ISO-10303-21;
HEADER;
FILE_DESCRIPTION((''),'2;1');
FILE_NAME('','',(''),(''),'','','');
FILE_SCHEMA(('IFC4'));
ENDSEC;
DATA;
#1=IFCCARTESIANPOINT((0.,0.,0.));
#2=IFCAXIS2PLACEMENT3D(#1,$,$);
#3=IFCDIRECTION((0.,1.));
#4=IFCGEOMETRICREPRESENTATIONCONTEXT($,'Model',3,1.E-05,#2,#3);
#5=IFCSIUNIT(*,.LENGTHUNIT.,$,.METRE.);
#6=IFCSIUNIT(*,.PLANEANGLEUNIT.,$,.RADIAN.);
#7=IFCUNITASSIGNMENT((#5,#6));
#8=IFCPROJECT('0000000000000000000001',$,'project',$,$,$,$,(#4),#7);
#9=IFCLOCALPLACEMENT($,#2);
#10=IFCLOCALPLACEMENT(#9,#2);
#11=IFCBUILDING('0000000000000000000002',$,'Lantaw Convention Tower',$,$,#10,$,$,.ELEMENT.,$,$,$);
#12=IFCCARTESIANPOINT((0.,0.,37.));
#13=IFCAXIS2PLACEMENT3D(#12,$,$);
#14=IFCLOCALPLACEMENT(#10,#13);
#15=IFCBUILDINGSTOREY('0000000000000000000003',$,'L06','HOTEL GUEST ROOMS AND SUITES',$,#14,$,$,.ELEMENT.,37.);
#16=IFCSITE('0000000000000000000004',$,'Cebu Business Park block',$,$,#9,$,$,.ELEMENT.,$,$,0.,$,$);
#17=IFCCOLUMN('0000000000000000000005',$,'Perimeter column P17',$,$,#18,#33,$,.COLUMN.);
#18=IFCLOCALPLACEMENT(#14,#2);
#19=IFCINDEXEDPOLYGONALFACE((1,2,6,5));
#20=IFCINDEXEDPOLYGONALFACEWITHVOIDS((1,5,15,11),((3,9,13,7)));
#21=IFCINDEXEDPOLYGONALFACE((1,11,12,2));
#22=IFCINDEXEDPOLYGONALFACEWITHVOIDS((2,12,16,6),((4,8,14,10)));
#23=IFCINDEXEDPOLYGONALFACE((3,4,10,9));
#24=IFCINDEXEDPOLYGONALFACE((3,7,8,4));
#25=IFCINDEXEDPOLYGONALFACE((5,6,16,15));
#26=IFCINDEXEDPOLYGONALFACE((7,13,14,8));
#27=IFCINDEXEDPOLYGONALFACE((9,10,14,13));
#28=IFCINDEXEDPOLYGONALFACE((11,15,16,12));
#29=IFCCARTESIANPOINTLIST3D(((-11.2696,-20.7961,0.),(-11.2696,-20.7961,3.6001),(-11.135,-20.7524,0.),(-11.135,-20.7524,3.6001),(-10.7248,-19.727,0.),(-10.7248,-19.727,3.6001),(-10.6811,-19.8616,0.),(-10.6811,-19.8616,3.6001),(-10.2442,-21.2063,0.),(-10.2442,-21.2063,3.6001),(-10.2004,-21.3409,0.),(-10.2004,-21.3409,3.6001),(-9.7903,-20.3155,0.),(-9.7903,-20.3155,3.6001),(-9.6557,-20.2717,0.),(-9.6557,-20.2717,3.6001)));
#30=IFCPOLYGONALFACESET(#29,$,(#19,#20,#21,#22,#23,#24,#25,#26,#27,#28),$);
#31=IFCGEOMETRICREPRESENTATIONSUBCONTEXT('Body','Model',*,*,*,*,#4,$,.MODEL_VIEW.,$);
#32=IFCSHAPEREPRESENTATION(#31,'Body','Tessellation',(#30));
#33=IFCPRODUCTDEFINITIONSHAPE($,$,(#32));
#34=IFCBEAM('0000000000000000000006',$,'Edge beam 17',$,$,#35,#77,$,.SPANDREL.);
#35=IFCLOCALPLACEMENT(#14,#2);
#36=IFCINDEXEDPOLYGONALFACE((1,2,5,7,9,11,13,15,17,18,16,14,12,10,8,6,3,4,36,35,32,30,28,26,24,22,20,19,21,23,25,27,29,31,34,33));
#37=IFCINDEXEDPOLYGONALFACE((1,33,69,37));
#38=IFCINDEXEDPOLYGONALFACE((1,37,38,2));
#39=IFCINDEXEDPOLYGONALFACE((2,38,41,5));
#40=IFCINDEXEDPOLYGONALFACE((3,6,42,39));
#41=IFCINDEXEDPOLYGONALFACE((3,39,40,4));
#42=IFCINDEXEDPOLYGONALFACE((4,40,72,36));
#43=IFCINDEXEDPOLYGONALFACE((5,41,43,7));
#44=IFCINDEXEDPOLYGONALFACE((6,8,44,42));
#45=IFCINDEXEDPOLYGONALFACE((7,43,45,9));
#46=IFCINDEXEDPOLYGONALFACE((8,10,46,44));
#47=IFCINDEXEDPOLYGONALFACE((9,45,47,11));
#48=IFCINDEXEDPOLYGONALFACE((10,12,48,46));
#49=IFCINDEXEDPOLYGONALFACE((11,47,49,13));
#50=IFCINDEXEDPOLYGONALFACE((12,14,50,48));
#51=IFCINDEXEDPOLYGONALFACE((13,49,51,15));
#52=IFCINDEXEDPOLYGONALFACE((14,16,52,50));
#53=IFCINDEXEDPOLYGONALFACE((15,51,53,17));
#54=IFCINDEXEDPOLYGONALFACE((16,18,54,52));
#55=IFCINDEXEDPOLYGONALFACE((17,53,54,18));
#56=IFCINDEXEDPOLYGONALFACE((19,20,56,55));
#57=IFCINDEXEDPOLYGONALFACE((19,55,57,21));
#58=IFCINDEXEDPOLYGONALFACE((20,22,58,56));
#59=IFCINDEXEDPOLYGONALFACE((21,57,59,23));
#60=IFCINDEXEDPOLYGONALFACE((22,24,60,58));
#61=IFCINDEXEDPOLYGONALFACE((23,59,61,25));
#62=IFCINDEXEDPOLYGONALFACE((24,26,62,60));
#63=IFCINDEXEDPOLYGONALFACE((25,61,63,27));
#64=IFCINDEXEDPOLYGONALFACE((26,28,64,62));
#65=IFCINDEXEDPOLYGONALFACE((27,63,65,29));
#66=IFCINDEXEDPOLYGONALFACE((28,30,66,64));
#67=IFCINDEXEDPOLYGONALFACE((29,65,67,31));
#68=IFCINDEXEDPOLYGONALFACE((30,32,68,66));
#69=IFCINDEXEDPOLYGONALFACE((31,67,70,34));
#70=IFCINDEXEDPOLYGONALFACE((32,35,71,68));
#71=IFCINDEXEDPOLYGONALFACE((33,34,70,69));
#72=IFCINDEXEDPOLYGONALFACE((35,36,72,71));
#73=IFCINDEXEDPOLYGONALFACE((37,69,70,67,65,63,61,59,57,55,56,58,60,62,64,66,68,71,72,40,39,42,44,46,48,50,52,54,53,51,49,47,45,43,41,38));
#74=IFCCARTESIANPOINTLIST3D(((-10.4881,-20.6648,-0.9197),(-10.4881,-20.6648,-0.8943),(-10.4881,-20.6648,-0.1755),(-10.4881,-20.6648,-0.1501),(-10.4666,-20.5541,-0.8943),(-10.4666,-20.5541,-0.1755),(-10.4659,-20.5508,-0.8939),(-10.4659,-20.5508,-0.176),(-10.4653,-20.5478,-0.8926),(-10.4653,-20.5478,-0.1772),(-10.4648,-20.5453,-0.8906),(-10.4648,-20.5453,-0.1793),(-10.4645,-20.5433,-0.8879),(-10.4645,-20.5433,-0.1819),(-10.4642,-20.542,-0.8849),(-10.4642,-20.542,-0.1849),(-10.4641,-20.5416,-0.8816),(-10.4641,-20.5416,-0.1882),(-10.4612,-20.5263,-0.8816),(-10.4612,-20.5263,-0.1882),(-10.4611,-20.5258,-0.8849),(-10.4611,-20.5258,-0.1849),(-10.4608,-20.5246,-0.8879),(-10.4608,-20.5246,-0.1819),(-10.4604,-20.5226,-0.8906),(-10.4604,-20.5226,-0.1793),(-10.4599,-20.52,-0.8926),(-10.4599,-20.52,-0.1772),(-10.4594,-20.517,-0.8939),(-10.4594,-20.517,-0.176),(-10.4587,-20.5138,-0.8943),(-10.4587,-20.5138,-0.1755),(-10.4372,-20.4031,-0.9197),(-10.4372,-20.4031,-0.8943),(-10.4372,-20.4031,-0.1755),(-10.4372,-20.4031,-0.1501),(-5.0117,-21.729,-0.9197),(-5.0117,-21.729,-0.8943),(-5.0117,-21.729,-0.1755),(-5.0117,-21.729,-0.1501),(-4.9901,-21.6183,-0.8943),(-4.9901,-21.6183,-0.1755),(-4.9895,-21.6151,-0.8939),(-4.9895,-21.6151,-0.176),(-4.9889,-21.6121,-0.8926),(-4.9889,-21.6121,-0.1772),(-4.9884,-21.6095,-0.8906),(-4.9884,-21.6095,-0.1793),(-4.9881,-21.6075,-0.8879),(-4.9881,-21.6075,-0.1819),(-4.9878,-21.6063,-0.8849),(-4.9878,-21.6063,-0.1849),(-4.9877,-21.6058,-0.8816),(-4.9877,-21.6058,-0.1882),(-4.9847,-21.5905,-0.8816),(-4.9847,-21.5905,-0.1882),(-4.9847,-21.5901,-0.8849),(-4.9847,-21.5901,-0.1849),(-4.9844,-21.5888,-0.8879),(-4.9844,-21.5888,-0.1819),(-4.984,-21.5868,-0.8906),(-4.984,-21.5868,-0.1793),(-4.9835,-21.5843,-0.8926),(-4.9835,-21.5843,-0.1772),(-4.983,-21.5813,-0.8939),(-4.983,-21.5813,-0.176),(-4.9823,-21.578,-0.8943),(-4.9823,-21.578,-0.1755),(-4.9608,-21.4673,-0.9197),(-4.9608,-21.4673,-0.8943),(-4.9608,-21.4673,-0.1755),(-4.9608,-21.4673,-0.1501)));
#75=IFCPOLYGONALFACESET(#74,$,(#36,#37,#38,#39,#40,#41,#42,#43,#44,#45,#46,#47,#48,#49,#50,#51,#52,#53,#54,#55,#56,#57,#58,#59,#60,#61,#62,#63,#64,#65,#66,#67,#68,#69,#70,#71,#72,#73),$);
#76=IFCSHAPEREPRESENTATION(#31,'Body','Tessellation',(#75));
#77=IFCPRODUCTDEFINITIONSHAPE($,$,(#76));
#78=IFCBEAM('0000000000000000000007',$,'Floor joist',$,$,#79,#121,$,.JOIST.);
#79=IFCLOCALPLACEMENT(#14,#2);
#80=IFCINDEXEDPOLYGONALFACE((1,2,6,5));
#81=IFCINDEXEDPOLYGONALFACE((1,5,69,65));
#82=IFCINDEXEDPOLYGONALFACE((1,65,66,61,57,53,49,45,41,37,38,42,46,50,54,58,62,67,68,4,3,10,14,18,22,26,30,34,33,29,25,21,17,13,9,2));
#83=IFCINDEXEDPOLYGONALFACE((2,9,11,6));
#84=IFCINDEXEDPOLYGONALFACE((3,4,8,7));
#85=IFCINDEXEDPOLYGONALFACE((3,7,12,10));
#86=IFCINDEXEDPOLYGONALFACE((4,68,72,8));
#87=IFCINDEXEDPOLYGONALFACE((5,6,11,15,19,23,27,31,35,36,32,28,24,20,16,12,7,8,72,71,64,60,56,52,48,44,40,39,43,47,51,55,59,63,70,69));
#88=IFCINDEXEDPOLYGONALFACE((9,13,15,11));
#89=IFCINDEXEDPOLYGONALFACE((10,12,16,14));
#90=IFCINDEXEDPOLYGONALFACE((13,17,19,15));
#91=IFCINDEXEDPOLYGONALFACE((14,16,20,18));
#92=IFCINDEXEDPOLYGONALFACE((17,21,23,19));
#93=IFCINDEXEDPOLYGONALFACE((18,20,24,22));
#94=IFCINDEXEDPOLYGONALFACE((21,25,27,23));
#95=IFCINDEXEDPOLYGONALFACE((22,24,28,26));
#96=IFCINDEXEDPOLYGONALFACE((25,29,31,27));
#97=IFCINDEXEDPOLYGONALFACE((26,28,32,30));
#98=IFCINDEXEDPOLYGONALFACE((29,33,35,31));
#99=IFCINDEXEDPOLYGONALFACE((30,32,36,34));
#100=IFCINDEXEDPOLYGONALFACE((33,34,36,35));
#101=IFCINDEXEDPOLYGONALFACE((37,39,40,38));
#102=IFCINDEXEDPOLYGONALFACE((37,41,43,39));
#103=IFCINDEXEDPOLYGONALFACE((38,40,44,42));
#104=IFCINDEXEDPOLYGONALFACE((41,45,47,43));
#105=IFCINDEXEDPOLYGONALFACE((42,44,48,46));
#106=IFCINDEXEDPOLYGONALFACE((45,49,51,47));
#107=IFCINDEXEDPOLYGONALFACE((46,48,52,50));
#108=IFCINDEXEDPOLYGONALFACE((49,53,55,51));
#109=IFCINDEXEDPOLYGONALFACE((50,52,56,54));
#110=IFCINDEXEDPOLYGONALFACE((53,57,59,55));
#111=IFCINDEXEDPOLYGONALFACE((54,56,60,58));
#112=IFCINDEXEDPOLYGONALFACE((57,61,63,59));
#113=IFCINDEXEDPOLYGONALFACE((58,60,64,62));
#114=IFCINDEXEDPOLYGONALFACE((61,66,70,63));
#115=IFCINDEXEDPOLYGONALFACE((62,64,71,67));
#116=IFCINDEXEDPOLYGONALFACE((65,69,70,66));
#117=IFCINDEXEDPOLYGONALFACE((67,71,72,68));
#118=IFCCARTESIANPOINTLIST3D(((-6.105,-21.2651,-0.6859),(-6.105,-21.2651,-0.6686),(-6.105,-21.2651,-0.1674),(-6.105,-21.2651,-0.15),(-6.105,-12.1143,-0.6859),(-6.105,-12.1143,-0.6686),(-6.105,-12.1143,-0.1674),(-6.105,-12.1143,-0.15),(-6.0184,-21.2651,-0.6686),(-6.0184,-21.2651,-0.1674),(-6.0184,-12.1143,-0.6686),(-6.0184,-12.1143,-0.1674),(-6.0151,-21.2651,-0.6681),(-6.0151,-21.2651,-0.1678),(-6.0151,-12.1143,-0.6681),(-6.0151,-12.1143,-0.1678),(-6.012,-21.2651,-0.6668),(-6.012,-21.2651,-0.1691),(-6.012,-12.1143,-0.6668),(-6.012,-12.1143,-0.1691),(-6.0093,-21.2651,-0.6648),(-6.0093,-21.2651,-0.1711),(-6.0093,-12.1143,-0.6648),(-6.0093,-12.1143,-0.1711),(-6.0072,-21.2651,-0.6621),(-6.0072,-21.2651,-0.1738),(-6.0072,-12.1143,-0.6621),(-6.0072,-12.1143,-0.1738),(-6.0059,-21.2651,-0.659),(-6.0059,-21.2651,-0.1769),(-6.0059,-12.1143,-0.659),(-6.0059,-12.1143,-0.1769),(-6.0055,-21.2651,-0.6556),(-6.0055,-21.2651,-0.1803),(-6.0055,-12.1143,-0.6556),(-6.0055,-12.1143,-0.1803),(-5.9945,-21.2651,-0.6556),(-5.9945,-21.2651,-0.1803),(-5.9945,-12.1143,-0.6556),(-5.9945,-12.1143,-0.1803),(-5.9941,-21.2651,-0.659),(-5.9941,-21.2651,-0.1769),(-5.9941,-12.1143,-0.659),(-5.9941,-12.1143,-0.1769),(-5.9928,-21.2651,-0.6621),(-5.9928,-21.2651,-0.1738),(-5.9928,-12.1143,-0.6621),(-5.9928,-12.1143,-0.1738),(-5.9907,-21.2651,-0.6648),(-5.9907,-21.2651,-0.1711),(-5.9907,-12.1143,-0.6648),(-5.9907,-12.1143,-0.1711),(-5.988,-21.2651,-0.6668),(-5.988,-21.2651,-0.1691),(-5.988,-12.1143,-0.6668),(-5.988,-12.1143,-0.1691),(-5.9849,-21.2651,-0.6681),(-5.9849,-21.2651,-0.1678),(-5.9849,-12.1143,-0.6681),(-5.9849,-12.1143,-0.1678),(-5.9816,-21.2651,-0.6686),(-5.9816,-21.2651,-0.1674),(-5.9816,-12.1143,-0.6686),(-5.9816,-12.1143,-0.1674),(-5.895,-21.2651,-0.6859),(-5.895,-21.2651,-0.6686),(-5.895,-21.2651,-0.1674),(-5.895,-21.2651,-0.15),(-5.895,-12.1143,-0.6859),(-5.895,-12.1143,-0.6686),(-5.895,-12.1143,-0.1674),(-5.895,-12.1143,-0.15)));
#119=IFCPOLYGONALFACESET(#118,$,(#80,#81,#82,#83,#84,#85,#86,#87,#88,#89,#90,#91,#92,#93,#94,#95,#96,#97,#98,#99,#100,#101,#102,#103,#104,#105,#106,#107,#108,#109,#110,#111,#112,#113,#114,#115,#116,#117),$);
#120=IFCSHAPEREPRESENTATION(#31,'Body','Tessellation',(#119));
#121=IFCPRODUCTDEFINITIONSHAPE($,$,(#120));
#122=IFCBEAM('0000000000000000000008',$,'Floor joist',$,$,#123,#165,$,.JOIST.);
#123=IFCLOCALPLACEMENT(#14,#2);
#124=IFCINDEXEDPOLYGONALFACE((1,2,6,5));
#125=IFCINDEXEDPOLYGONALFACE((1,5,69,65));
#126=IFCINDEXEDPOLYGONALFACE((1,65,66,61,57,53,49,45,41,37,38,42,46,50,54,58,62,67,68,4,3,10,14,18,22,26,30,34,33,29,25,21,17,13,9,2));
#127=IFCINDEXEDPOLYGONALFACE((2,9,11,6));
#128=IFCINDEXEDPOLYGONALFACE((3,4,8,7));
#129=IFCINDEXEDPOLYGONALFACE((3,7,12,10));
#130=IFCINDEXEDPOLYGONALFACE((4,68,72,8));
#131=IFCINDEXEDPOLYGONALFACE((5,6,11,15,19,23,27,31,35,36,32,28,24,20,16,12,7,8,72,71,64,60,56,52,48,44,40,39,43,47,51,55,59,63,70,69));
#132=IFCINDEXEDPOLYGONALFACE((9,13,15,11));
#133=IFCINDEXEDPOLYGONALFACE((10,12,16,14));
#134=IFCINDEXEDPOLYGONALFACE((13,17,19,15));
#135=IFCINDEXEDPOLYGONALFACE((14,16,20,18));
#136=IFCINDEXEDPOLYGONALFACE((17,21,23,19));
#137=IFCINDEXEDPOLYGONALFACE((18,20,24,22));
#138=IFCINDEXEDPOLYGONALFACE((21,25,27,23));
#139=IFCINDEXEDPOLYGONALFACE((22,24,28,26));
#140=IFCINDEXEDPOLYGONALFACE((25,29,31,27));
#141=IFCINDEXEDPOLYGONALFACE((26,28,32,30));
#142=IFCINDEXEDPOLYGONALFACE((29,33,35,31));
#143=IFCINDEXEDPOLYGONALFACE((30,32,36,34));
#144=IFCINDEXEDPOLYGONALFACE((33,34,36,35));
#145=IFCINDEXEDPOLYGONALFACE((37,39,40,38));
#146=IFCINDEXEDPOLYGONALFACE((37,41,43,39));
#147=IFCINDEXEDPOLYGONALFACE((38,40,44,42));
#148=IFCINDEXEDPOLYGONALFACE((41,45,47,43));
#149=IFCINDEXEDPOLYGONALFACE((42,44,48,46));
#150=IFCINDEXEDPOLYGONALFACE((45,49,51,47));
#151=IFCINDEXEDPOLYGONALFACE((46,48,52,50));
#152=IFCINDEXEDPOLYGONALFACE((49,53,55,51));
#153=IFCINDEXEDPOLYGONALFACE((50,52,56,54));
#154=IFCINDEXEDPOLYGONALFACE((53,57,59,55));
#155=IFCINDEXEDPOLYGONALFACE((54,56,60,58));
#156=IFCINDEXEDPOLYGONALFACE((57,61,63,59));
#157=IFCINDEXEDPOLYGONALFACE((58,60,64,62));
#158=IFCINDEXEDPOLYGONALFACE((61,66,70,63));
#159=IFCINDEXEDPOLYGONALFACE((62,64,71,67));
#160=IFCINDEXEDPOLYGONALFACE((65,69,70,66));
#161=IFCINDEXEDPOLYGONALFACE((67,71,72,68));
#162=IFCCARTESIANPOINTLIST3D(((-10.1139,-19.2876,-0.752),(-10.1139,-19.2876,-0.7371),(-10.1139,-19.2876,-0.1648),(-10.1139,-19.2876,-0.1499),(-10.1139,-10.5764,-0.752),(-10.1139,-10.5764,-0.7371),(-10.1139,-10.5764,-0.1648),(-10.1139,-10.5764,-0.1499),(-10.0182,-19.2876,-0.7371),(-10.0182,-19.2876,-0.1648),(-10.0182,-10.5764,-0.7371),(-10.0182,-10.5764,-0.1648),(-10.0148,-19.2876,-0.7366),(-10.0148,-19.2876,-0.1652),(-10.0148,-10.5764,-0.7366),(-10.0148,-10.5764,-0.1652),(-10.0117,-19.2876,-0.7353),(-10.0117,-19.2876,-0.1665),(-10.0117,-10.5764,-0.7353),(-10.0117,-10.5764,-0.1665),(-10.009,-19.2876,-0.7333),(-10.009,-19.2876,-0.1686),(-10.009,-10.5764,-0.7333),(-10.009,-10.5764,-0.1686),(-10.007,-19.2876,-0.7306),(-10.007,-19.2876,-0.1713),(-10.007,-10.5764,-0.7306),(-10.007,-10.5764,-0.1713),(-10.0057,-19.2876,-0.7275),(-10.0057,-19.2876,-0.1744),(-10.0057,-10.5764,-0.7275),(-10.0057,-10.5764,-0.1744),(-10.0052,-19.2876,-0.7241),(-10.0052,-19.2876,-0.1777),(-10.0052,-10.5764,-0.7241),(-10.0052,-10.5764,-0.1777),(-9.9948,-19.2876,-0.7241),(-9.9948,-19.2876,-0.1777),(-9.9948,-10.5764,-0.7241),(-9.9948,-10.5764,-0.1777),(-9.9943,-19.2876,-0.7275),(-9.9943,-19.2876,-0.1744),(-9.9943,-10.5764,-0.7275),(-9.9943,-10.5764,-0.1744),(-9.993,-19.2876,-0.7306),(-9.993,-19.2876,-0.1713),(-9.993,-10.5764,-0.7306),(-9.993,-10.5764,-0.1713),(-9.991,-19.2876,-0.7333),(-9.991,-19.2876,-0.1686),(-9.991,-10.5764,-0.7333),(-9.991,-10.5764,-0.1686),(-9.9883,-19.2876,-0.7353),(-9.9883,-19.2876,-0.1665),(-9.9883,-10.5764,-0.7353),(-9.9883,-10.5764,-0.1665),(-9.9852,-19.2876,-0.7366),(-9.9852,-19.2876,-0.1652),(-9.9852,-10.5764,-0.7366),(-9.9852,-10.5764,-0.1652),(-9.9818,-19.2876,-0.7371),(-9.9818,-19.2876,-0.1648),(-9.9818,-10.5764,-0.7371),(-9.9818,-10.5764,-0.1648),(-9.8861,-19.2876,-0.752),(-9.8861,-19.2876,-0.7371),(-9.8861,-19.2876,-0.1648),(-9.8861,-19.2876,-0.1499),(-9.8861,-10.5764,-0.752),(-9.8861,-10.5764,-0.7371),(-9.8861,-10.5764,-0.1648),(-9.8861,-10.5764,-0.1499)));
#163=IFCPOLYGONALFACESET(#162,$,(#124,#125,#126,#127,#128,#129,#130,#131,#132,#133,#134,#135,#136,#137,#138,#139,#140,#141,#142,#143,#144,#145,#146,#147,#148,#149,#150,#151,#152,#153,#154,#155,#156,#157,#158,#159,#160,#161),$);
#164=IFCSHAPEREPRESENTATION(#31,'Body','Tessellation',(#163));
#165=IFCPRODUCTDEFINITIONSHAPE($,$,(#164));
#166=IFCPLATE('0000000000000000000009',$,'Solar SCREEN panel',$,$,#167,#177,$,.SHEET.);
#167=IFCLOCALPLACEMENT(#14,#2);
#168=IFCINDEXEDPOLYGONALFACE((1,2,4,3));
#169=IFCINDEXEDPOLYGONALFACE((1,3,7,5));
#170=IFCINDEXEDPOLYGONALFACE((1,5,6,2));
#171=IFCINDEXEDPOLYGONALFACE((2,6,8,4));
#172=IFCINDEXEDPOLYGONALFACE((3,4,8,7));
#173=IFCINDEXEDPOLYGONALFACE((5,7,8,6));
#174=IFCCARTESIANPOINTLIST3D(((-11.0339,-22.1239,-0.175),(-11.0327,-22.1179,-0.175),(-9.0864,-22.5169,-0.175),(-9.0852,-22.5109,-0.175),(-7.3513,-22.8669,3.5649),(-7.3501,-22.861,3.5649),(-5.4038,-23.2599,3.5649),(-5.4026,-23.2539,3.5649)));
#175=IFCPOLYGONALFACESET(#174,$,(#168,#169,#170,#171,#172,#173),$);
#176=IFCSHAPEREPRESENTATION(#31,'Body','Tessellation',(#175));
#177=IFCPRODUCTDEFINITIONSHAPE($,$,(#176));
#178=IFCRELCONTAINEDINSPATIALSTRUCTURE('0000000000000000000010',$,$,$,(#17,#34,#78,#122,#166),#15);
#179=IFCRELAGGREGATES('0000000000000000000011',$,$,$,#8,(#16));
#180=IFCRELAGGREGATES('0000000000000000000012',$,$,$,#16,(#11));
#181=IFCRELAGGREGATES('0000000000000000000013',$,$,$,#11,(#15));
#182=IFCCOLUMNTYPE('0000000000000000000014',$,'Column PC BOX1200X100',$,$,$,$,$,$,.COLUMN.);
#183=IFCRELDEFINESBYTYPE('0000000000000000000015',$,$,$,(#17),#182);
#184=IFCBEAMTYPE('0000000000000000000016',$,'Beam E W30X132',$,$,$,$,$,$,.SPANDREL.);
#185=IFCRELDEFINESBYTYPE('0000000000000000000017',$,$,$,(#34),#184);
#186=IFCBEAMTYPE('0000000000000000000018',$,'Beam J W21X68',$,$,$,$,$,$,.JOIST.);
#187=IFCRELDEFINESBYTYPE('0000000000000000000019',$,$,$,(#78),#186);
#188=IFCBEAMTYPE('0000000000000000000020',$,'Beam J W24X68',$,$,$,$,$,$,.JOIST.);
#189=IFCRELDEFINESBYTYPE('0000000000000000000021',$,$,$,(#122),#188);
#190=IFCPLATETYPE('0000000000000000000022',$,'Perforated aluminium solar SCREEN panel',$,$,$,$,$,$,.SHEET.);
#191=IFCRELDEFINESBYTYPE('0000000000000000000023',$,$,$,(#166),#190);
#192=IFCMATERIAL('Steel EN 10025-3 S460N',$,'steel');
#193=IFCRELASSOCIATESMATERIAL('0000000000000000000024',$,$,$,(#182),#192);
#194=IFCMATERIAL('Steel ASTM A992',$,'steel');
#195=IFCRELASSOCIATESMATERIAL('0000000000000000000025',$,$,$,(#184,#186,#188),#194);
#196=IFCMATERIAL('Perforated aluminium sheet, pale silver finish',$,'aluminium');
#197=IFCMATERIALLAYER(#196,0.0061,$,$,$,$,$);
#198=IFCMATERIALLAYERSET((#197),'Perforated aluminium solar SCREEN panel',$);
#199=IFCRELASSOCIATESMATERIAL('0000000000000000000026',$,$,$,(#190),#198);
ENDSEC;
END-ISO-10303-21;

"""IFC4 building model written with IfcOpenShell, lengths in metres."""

from ifc_helpers import new_model, si_unit, direction, frame, origin, origin_2d, place, context, subcontext, project, spatial, polyline, rectangle, hollow_rectangle, i_section, outline, extrude, material, layer, layer_set, material_profile, profile_set, type_object, element, save


model = new_model("IFC4")

# Units and contexts
model_context = context("Model", 3, precision=1e-05, world=origin(), true_north=direction((0.0, 1.0)))
body_context = subcontext(model_context, "Body", "Model", "MODEL_VIEW")
ifc_project = project(units=[si_unit("LENGTHUNIT", "METRE"), si_unit("PLANEANGLEUNIT", "RADIAN")], contexts=[model_context])

# Site, building, storey
site_placement = place(None, origin())
site = spatial("IfcSite", under=ifc_project, at=site_placement, Name="Cebu Business Park block", CompositionType="ELEMENT", RefElevation=0.0)
building_placement = place(site_placement, origin())
building = spatial("IfcBuilding", under=site, at=building_placement, Name="Lantaw Convention Tower", CompositionType="ELEMENT")
storey_placement = place(building_placement, frame((0.0, 0.0, 37.0)))
storey = spatial("IfcBuildingStorey", under=building, at=storey_placement, Name="L06", Description="HOTEL GUEST ROOMS AND SUITES", CompositionType="ELEMENT", Elevation=37.0)

# Column
ifc_material_1 = material(Name="Steel EN 10025-3 S460N", Category="steel")
ifc_material_profile_1 = material_profile(ifc_material_1, hollow_rectangle(XDim=1.2, YDim=1.2, WallThickness=0.1001, at=origin_2d()), Name="BOX1200X100")
ifc_material_2 = material(Name="Concrete C60/75", Category="concrete")
ifc_material_profile_2 = material_profile(ifc_material_2, rectangle(XDim=1.0, YDim=1.0, at=origin_2d()), Name="Concrete fill of BOX1200X100")
ifc_profile_set_1 = profile_set([ifc_material_profile_1, ifc_material_profile_2], Name="Steel EN 10025-3 S460N")
column_type = type_object("IfcColumnType", Name="Column PC BOX1200X100", PredefinedType="COLUMN", material=ifc_profile_set_1)
column_placement = place(storey_placement, frame((-10.4626, -20.5339, 0.0), z_axis=(0.0, 0.0, 1.0), x_axis=(0.45399, 0.891007, 0.0)))
element("IfcColumn", 1, at=column_placement, inside=storey, type_object=column_type, Name="Perimeter column P17", PredefinedType="COLUMN", context=body_context, shape_type="SweptSolid", body=[
    extrude(hollow_rectangle(XDim=1.2, YDim=1.2, WallThickness=0.1001, at=origin_2d()), origin(), (0.0, 0.0, 1.0), 3.6001),
])

# Beams
ifc_material_3 = material(Name="Steel ASTM A992", Category="steel")
ifc_material_profile_3 = material_profile(ifc_material_3, i_section(OverallWidth=0.2666, OverallDepth=0.7695, WebThickness=0.0156, FlangeThickness=0.0254, FilletRadius=0.0127, at=origin_2d()), Name="W30X132")
ifc_profile_set_2 = profile_set([ifc_material_profile_3], Name="Steel ASTM A992")
beam_type_1 = type_object("IfcBeamType", Name="Beam E W30X132", PredefinedType="SPANDREL", material=ifc_profile_set_2)
beam_1_placement = place(storey_placement, frame((-10.4626, -20.5339, -0.5349), z_axis=(0.981637, -0.190761, 0.0), x_axis=(0.190761, 0.981637, 0.0)))
element("IfcBeam", 2, at=beam_1_placement, inside=storey, type_object=beam_type_1, Name="Edge beam 17", PredefinedType="SPANDREL", context=body_context, shape_type="SweptSolid", body=[
    extrude(i_section(OverallWidth=0.2666, OverallDepth=0.7695, WebThickness=0.0156, FlangeThickness=0.0254, FilletRadius=0.0127, at=origin_2d()), origin(), (0.0, 0.0, 1.0), 5.5789),
])
ifc_material_profile_4 = material_profile(ifc_material_3, i_section(OverallWidth=0.21, OverallDepth=0.5359, WebThickness=0.011, FlangeThickness=0.0173, FilletRadius=0.0129, at=origin_2d()), Name="W21X68")
ifc_profile_set_3 = profile_set([ifc_material_profile_4], Name="Steel ASTM A992")
beam_type_2 = type_object("IfcBeamType", Name="Beam J W21X68", PredefinedType="JOIST", material=ifc_profile_set_3)
beam_2_placement = place(storey_placement, frame((-6.0, -21.2651, -0.418), z_axis=(0.0, 1.0, 0.0), x_axis=(-1.0, 0.0, 0.0)))
element("IfcBeam", 3, at=beam_2_placement, inside=storey, type_object=beam_type_2, Name="Floor joist", PredefinedType="JOIST", context=body_context, shape_type="SweptSolid", body=[
    extrude(i_section(OverallWidth=0.21, OverallDepth=0.5359, WebThickness=0.011, FlangeThickness=0.0173, FilletRadius=0.0129, at=origin_2d()), origin(), (0.0, 0.0, 1.0), 9.1509),
])
ifc_material_profile_5 = material_profile(ifc_material_3, i_section(OverallWidth=0.2278, OverallDepth=0.6021, WebThickness=0.0105, FlangeThickness=0.0149, FilletRadius=0.0129, at=origin_2d()), Name="W24X68")
ifc_profile_set_4 = profile_set([ifc_material_profile_5], Name="Steel ASTM A992")
beam_type_3 = type_object("IfcBeamType", Name="Beam J W24X68", PredefinedType="JOIST", material=ifc_profile_set_4)
beam_3_placement = place(storey_placement, frame((-10.0, -19.2876, -0.4509), z_axis=(0.0, 1.0, 0.0), x_axis=(-1.0, 0.0, 0.0)))
element("IfcBeam", 4, at=beam_3_placement, inside=storey, type_object=beam_type_3, Name="Floor joist", PredefinedType="JOIST", context=body_context, shape_type="SweptSolid", body=[
    extrude(i_section(OverallWidth=0.2278, OverallDepth=0.6021, WebThickness=0.0105, FlangeThickness=0.0149, FilletRadius=0.0129, at=origin_2d()), origin(), (0.0, 0.0, 1.0), 8.7112),
])

# Plate
ifc_material_4 = material(Name="Perforated aluminium sheet, pale silver finish", Category="aluminium")
ifc_layer_1 = layer(ifc_material_4, 0.0061)
ifc_layer_set_1 = layer_set([ifc_layer_1], Name="Perforated aluminium solar SCREEN panel")
plate_type = type_object("IfcPlateType", Name="Perforated aluminium solar SCREEN panel", PredefinedType="SHEET", material=ifc_layer_set_1)
plate_1_placement = place(storey_placement, frame((-11.0327, -22.1179, -0.175), z_axis=(0.197782, 0.980246, 0.000002), x_axis=(0.980246, -0.197782, 0.0)))
element("IfcPlate", 5, at=plate_1_placement, inside=storey, type_object=plate_type, Name="Solar SCREEN panel", PredefinedType="SHEET", context=body_context, shape_type="SweptSolid", body=[
    extrude(outline(polyline([(0.0, 0.0), (1.9868, 0.0), (5.7436, -3.74), (3.7569, -3.74), (0.0, 0.0)])), origin(), (0.0, 0.0, -1.0), 0.0061),
])

save(model, "model.ifc")
